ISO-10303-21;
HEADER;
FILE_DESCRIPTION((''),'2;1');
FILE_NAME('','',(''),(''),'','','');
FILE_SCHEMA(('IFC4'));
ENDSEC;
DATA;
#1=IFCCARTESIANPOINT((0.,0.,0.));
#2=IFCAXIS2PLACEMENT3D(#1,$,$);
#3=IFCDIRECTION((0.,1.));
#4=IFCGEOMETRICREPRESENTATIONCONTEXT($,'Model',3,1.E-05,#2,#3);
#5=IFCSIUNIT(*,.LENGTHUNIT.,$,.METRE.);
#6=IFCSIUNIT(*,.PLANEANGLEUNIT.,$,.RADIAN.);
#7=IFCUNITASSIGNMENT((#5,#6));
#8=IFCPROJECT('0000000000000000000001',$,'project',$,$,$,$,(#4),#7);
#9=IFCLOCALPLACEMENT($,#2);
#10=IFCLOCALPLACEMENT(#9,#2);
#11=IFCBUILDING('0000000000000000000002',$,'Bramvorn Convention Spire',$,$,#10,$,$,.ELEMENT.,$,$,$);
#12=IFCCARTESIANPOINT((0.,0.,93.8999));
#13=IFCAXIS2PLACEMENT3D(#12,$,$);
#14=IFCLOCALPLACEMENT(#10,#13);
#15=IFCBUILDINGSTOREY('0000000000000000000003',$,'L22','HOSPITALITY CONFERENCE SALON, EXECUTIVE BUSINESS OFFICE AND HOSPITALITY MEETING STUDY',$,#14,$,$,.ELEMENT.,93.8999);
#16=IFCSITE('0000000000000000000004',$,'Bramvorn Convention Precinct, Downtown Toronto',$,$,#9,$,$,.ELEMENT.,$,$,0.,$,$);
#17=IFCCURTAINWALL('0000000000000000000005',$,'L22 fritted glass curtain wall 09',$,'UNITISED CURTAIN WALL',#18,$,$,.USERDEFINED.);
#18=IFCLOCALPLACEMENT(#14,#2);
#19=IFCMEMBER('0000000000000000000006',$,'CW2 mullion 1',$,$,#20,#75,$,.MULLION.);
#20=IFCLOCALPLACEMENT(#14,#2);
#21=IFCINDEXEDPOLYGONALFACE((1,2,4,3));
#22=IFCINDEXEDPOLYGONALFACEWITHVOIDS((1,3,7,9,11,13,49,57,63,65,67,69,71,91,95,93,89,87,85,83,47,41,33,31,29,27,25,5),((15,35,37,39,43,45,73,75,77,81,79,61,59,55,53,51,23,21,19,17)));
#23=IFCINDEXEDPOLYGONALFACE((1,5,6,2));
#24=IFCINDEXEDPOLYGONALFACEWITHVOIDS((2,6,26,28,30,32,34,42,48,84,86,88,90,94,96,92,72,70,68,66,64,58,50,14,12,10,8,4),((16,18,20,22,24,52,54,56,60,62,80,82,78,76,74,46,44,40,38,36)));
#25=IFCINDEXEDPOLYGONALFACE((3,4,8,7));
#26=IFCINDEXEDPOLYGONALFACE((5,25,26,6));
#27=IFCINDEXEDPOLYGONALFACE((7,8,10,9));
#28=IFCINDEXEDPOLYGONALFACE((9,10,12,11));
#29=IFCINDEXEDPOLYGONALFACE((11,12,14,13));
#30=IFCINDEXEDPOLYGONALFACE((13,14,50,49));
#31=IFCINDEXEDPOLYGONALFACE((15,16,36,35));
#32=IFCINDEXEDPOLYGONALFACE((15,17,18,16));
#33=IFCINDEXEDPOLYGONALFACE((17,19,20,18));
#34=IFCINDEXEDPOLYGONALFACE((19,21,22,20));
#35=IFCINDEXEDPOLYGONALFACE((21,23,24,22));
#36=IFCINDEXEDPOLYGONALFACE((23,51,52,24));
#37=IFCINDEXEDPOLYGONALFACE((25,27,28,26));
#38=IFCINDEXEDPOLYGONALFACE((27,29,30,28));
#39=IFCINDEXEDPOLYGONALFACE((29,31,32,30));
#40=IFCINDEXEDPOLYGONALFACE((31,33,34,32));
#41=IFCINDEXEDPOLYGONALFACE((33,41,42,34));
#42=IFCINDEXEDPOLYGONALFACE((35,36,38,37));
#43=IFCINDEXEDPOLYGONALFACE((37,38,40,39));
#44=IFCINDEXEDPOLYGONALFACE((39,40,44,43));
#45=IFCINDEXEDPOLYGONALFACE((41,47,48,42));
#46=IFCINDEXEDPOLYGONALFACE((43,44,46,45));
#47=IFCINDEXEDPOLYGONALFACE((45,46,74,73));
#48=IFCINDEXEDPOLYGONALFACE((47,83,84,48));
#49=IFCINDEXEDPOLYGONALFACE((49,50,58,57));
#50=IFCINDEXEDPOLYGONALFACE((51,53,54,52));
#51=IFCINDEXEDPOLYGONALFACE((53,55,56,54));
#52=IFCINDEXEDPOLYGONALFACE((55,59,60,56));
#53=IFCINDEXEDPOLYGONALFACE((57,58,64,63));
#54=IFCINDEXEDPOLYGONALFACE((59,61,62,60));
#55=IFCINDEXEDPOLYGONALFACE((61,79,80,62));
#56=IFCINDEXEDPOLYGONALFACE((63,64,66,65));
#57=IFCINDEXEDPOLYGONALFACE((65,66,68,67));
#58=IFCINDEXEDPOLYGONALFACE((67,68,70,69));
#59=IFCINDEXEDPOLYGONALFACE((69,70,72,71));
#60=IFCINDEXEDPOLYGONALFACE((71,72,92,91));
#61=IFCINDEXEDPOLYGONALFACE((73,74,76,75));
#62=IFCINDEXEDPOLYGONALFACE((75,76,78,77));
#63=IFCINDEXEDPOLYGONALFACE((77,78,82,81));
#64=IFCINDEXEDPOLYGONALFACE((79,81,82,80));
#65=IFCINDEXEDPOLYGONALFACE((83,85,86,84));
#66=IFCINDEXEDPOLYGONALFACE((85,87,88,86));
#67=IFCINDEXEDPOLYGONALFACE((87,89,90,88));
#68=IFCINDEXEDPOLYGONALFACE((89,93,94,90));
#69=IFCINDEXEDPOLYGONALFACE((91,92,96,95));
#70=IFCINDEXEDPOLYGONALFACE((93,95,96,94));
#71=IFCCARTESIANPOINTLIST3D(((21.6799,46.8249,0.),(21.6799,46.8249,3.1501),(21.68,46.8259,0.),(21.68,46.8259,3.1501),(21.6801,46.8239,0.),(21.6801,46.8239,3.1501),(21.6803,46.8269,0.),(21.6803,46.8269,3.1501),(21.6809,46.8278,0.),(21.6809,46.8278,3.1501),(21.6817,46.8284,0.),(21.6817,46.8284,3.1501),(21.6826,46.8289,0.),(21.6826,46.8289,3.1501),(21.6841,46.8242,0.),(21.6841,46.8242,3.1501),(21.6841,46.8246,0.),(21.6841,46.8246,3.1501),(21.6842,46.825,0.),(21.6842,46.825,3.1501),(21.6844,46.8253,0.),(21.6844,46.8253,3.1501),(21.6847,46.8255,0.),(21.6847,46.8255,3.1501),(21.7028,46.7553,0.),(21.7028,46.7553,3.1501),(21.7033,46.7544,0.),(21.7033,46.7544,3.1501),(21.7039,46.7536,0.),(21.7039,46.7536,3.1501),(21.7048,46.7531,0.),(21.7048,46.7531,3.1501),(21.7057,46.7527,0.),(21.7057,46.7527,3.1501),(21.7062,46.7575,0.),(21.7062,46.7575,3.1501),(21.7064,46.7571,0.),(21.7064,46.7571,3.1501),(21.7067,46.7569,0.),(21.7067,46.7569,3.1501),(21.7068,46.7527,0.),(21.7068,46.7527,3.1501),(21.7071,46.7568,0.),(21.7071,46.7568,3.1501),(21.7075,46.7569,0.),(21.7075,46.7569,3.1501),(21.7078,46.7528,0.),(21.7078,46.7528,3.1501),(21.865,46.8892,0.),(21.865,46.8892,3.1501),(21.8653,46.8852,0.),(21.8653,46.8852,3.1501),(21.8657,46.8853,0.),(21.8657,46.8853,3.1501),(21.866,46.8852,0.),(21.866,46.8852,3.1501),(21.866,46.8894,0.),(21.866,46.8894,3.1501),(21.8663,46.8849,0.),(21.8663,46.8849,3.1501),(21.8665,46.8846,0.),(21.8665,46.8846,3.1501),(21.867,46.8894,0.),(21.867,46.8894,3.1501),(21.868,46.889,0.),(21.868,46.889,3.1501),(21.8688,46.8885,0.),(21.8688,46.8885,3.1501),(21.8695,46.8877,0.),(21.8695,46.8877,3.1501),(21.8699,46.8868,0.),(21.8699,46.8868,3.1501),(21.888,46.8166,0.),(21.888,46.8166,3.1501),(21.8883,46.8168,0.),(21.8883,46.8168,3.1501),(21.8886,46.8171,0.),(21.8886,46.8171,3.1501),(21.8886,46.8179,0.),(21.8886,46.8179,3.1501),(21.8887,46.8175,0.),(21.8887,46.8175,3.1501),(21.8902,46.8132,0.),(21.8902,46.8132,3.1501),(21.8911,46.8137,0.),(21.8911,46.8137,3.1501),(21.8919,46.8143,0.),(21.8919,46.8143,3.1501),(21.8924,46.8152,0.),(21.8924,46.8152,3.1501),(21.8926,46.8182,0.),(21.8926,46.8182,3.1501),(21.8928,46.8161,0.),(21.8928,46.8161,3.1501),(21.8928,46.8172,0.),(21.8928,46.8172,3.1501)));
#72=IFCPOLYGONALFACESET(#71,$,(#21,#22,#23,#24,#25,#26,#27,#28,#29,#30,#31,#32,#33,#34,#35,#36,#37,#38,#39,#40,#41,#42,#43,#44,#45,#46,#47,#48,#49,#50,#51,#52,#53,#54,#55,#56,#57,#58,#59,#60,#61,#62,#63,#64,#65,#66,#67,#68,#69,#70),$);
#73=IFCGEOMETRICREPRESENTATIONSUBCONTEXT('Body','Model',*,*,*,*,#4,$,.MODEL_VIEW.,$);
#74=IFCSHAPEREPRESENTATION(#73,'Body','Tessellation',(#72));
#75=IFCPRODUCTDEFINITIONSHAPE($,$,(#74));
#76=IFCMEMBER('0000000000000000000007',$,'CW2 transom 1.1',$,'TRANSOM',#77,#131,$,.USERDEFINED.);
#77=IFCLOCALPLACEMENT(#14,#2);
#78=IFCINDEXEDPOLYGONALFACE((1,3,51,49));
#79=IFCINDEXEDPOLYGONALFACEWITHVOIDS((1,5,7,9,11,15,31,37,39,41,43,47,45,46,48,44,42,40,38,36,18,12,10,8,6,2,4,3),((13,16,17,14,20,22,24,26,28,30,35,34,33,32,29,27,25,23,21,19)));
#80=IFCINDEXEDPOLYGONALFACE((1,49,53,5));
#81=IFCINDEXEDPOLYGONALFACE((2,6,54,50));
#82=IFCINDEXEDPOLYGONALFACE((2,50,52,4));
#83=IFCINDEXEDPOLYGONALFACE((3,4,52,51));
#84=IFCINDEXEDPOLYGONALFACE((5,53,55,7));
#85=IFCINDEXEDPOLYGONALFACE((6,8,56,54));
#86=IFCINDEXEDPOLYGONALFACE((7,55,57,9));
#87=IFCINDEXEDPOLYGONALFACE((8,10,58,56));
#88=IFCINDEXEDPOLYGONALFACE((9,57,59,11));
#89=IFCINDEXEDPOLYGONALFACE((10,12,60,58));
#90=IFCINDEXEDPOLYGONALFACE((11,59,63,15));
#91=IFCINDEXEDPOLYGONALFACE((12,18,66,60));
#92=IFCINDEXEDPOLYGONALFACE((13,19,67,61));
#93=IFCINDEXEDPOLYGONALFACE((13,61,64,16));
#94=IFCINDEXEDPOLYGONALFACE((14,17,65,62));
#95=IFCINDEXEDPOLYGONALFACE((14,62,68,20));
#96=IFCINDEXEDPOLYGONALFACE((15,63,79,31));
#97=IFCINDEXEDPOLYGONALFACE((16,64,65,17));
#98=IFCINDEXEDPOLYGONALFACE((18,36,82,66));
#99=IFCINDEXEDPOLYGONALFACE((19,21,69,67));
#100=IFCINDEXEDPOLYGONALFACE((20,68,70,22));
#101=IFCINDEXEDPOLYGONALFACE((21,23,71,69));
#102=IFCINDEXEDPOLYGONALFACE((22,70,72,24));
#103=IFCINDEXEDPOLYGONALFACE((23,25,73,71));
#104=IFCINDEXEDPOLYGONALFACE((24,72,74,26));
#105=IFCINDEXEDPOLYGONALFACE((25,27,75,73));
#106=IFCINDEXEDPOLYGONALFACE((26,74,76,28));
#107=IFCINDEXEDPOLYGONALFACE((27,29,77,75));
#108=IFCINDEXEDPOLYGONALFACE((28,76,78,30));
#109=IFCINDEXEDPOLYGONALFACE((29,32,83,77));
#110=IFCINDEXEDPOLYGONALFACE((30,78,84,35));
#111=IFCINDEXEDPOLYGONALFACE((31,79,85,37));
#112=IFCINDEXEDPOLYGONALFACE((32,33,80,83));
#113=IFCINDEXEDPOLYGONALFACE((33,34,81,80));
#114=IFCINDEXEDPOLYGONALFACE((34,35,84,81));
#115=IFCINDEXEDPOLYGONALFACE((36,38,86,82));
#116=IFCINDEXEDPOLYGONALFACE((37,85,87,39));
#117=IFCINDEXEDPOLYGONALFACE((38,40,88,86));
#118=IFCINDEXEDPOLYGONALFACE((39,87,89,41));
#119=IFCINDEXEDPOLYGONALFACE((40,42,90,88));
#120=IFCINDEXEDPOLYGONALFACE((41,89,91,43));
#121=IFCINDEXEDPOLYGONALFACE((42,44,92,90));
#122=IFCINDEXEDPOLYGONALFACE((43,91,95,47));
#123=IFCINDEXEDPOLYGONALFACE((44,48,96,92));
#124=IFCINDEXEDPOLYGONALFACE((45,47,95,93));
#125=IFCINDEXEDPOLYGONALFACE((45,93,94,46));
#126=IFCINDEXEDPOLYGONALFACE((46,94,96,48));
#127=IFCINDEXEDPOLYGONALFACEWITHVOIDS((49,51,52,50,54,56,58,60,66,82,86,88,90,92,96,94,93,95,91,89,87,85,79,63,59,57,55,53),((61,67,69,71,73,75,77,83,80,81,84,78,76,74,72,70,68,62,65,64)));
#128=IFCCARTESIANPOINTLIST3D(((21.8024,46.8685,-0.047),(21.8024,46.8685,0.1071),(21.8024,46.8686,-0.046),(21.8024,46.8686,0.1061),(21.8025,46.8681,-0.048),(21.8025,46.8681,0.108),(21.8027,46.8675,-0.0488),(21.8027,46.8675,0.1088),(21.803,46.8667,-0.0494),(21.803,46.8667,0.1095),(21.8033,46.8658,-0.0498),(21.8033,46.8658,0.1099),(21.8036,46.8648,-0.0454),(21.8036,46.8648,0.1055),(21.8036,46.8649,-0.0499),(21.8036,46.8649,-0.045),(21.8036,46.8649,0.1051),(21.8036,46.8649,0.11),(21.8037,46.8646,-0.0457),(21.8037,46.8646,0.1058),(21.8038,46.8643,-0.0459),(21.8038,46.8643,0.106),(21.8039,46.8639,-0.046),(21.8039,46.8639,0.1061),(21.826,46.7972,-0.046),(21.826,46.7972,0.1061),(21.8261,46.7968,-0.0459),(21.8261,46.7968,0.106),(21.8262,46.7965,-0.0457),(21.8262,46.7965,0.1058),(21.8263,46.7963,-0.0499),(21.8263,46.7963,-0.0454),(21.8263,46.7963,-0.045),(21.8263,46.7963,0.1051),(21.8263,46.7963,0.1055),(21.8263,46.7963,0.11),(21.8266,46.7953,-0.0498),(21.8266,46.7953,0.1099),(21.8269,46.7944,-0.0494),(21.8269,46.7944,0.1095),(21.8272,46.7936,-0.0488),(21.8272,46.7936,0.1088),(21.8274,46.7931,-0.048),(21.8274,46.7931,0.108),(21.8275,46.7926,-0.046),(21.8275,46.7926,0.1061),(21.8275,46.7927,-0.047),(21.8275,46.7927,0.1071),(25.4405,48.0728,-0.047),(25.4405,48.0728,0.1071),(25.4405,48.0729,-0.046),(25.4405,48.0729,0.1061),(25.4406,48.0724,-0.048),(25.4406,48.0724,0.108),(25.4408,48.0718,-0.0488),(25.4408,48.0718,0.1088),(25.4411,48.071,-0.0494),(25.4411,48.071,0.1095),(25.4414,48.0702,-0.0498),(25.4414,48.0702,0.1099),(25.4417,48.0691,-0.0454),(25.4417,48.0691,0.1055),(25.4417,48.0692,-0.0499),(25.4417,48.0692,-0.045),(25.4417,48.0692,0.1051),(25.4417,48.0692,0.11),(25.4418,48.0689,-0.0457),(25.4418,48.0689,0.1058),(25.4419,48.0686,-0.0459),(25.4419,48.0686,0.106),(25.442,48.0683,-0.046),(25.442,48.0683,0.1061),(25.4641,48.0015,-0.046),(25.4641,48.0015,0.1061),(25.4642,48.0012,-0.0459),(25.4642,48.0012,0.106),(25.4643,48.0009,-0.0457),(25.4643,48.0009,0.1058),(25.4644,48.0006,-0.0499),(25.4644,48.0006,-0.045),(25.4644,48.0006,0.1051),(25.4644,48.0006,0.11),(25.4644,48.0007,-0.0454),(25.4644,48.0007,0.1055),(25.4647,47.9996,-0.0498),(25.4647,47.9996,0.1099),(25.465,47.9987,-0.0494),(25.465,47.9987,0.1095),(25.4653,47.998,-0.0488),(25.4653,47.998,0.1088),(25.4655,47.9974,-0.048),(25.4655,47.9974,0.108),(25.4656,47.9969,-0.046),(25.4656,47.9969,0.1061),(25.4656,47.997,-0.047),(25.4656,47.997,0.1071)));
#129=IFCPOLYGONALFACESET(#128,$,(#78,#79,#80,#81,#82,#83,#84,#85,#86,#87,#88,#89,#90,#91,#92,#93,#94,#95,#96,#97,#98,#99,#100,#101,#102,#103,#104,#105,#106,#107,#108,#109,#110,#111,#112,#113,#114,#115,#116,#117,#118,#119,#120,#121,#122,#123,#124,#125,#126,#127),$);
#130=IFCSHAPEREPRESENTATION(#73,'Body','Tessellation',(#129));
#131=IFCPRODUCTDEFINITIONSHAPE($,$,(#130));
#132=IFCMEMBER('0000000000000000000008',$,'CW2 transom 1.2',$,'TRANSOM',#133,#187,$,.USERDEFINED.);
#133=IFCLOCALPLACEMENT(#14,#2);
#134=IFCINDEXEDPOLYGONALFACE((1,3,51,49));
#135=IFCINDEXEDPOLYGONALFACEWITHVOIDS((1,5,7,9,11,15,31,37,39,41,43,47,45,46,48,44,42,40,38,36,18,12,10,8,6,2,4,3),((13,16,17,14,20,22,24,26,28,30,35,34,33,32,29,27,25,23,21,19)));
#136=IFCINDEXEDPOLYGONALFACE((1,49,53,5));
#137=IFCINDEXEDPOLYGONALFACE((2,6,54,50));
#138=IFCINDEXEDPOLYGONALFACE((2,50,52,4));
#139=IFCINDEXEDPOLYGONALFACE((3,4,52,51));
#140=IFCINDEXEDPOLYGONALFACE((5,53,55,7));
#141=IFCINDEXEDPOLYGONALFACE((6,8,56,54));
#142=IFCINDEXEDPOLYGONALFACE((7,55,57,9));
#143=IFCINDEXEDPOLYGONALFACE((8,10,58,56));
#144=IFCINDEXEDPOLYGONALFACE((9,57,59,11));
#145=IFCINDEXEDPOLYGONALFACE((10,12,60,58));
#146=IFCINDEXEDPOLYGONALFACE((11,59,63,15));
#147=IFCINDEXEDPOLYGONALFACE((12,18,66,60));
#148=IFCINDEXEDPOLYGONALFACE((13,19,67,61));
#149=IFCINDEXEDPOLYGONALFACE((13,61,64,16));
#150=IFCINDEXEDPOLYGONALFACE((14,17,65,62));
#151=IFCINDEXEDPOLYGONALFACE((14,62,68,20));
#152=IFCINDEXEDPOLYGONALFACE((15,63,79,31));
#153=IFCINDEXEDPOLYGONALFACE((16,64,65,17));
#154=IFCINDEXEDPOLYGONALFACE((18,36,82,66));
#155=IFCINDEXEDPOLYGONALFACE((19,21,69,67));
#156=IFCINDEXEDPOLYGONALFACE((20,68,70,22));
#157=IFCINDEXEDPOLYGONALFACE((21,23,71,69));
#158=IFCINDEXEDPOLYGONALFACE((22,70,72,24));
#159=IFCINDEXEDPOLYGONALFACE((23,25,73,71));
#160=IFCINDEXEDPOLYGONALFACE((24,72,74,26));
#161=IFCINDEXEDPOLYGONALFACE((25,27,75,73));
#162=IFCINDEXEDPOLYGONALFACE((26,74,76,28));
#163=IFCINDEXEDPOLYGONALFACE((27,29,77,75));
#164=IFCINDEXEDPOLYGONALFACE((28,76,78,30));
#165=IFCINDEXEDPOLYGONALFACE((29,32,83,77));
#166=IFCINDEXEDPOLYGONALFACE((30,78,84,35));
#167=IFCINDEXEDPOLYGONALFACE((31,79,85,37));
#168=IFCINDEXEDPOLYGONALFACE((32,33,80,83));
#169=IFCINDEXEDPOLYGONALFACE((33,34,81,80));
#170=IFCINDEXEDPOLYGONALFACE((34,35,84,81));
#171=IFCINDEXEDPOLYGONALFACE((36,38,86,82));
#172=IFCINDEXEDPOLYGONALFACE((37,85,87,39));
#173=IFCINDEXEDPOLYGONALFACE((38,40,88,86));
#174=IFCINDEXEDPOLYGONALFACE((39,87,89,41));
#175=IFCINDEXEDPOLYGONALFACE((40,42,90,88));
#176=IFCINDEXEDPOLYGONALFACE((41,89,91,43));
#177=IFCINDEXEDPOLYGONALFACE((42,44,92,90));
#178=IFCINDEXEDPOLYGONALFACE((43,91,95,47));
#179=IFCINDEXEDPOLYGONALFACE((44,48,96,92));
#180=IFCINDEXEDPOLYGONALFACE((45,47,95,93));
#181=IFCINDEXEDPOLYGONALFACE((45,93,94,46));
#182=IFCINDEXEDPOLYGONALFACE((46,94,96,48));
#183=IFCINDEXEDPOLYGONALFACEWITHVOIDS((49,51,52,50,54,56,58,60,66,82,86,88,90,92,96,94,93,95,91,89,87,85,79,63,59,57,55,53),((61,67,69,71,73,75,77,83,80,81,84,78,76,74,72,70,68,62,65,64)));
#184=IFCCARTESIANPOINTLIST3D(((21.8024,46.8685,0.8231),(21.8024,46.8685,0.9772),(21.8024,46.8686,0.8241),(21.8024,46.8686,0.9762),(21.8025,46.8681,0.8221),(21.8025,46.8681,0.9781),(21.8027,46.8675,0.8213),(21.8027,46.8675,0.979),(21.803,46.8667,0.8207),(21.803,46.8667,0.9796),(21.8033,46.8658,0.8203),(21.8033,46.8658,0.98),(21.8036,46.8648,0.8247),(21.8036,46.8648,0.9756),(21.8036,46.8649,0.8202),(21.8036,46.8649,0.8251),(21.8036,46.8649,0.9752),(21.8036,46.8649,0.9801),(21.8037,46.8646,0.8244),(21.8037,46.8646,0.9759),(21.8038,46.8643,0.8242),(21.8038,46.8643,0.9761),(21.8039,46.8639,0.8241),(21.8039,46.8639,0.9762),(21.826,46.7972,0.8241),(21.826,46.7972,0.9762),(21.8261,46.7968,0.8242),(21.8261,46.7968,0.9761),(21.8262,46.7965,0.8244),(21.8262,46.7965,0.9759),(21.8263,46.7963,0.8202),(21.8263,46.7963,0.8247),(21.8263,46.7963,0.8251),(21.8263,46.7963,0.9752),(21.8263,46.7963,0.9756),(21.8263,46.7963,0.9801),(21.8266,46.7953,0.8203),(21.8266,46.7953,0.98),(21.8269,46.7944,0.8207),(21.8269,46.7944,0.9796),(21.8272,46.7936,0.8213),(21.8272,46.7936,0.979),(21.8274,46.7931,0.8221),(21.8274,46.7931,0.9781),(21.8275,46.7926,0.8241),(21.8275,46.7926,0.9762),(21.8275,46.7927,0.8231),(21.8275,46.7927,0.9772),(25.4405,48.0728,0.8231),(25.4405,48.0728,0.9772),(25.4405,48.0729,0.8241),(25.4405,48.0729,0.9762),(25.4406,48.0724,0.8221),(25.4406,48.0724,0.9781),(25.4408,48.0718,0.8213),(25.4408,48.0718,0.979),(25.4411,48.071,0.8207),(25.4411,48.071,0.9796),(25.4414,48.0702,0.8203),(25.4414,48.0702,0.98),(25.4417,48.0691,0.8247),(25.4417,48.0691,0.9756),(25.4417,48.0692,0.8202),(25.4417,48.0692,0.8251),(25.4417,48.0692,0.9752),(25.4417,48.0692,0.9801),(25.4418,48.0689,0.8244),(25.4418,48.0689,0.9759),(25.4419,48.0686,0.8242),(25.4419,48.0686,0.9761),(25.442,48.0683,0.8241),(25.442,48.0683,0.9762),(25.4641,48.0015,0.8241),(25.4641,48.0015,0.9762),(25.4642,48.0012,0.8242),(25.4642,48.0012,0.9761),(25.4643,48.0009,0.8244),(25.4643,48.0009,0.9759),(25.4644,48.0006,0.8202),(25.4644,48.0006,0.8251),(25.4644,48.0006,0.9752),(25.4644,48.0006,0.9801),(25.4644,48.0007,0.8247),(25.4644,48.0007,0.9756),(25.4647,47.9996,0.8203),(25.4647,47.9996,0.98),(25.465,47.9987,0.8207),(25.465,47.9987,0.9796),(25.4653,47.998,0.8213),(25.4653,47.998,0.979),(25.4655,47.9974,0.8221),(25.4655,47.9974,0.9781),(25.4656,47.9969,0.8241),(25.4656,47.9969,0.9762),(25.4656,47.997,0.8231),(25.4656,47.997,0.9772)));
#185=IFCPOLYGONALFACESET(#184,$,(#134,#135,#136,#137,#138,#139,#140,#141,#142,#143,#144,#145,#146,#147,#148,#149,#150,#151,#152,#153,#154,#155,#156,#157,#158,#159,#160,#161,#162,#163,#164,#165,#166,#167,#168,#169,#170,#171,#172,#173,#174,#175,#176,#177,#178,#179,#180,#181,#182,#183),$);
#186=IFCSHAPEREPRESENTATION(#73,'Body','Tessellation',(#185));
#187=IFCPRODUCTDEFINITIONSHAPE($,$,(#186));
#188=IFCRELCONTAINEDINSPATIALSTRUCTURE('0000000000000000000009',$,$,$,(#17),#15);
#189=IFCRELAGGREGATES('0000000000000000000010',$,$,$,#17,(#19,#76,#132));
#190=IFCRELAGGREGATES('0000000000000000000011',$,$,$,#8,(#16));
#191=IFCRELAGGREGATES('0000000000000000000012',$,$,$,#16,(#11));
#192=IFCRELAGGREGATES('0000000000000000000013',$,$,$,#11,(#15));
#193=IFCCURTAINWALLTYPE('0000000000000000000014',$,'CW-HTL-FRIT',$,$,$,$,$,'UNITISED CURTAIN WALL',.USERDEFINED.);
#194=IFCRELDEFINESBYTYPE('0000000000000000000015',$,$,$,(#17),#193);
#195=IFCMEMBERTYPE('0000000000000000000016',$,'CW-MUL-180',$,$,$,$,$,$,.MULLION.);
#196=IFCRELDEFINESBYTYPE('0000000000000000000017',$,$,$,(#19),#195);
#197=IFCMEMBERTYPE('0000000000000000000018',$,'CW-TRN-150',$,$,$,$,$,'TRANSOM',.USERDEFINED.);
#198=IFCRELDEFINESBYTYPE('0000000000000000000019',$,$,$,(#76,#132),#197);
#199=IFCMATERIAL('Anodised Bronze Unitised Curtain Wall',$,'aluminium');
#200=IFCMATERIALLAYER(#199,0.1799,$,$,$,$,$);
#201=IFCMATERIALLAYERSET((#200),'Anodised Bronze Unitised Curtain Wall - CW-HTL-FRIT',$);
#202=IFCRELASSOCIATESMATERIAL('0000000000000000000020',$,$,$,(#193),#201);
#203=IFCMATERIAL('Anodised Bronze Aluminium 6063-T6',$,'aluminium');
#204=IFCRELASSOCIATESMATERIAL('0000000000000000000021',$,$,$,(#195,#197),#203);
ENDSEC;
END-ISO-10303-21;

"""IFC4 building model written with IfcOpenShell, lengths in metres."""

from ifc_helpers import new_model, si_unit, direction, frame, origin, origin_2d, place, context, subcontext, project, spatial, hollow_rectangle, extrude, material, layer, layer_set, material_profile, profile_set, type_object, element, aggregate, save


model = new_model("IFC4")

# Units and contexts
model_context = context("Model", 3, precision=1e-05, world=origin(), true_north=direction((0.0, 1.0)))
body_context = subcontext(model_context, "Body", "Model", "MODEL_VIEW")
ifc_project = project(units=[si_unit("LENGTHUNIT", "METRE"), si_unit("PLANEANGLEUNIT", "RADIAN")], contexts=[model_context])

# Site, building, storey
site_placement = place(None, origin())
site = spatial("IfcSite", under=ifc_project, at=site_placement, Name="Bramvorn Convention Precinct, Downtown Toronto", CompositionType="ELEMENT", RefElevation=0.0)
building_placement = place(site_placement, origin())
building = spatial("IfcBuilding", under=site, at=building_placement, Name="Bramvorn Convention Spire", CompositionType="ELEMENT")
storey_placement = place(building_placement, frame((0.0, 0.0, 93.8999)))
storey = spatial("IfcBuildingStorey", under=building, at=storey_placement, Name="L22", Description="HOSPITALITY CONFERENCE SALON, EXECUTIVE BUSINESS OFFICE AND HOSPITALITY MEETING STUDY", CompositionType="ELEMENT", Elevation=93.8999)

# Curtain wall, members
ifc_material_1 = material(Name="Anodised Bronze Unitised Curtain Wall", Category="aluminium")
ifc_layer_1 = layer(ifc_material_1, 0.1799)
ifc_layer_set_1 = layer_set([ifc_layer_1], Name="Anodised Bronze Unitised Curtain Wall - CW-HTL-FRIT")
curtain_wall_type = type_object("IfcCurtainWallType", Name="CW-HTL-FRIT", ElementType="UNITISED CURTAIN WALL", PredefinedType="USERDEFINED", material=ifc_layer_set_1)
curtain_wall_placement = place(storey_placement, origin())
curtain_wall = element("IfcCurtainWall", 1, at=curtain_wall_placement, inside=storey, type_object=curtain_wall_type, Name="L22 fritted glass curtain wall 09", ObjectType="UNITISED CURTAIN WALL", PredefinedType="USERDEFINED")
ifc_material_2 = material(Name="Anodised Bronze Aluminium 6063-T6", Category="aluminium")
ifc_material_profile_1 = material_profile(ifc_material_2, hollow_rectangle(XDim=0.0801, YDim=0.2, WallThickness=0.0039, InnerFilletRadius=0.001, OuterFilletRadius=0.0039, at=origin_2d()))
ifc_profile_set_1 = profile_set([ifc_material_profile_1], Name="Anodised Bronze Aluminium 6063-T6 - CWM80X200")
member_type_1 = type_object("IfcMemberType", Name="CW-MUL-180", PredefinedType="MULLION", material=ifc_profile_set_1)
member_1_placement = place(storey_placement, frame((21.7864, 46.821, 0.0), z_axis=(0.0, 0.0, 1.0), x_axis=(-0.314281, 0.94933, 0.0)))
member_1 = element("IfcMember", 2, at=member_1_placement, type_object=member_type_1, Name="CW2 mullion 1", PredefinedType="MULLION", context=body_context, shape_type="SweptSolid", body=[
    extrude(hollow_rectangle(XDim=0.0801, YDim=0.2, WallThickness=0.0039, InnerFilletRadius=0.001, OuterFilletRadius=0.0039, at=origin_2d()), origin(), (0.0, 0.0, 1.0), 3.1501),
])
ifc_material_profile_2 = material_profile(ifc_material_2, hollow_rectangle(XDim=0.0801, YDim=0.1599, WallThickness=0.0039, InnerFilletRadius=0.001, OuterFilletRadius=0.0039, at=origin_2d()))
ifc_profile_set_2 = profile_set([ifc_material_profile_2], Name="Anodised Bronze Aluminium 6063-T6 - CWT80X160")
member_type_2 = type_object("IfcMemberType", Name="CW-TRN-150", ElementType="TRANSOM", PredefinedType="USERDEFINED", material=ifc_profile_set_2)
member_2_placement = place(storey_placement, frame((21.8149, 46.8306, 0.03), z_axis=(0.949337, 0.314259, 0.0), x_axis=(-0.314259, 0.949337, 0.0)))
member_2 = element("IfcMember", 3, at=member_2_placement, type_object=member_type_2, Name="CW2 transom 1.1", ObjectType="TRANSOM", PredefinedType="USERDEFINED", context=body_context, shape_type="SweptSolid", body=[
    extrude(hollow_rectangle(XDim=0.0801, YDim=0.1599, WallThickness=0.0039, InnerFilletRadius=0.001, OuterFilletRadius=0.0039, at=origin_2d()), origin(), (0.0, 0.0, 1.0), 3.8323),
])
member_3_placement = place(storey_placement, frame((21.8149, 46.8306, 0.9001), z_axis=(0.949337, 0.314259, 0.0), x_axis=(-0.314259, 0.949337, 0.0)))
member_3 = element("IfcMember", 4, at=member_3_placement, type_object=member_type_2, Name="CW2 transom 1.2", ObjectType="TRANSOM", PredefinedType="USERDEFINED", context=body_context, shape_type="SweptSolid", body=[
    extrude(hollow_rectangle(XDim=0.0801, YDim=0.1599, WallThickness=0.0039, InnerFilletRadius=0.001, OuterFilletRadius=0.0039, at=origin_2d()), origin(), (0.0, 0.0, 1.0), 3.8323),
])

aggregate(curtain_wall, [member_1, member_2, member_3])

save(model, "model.ifc")
